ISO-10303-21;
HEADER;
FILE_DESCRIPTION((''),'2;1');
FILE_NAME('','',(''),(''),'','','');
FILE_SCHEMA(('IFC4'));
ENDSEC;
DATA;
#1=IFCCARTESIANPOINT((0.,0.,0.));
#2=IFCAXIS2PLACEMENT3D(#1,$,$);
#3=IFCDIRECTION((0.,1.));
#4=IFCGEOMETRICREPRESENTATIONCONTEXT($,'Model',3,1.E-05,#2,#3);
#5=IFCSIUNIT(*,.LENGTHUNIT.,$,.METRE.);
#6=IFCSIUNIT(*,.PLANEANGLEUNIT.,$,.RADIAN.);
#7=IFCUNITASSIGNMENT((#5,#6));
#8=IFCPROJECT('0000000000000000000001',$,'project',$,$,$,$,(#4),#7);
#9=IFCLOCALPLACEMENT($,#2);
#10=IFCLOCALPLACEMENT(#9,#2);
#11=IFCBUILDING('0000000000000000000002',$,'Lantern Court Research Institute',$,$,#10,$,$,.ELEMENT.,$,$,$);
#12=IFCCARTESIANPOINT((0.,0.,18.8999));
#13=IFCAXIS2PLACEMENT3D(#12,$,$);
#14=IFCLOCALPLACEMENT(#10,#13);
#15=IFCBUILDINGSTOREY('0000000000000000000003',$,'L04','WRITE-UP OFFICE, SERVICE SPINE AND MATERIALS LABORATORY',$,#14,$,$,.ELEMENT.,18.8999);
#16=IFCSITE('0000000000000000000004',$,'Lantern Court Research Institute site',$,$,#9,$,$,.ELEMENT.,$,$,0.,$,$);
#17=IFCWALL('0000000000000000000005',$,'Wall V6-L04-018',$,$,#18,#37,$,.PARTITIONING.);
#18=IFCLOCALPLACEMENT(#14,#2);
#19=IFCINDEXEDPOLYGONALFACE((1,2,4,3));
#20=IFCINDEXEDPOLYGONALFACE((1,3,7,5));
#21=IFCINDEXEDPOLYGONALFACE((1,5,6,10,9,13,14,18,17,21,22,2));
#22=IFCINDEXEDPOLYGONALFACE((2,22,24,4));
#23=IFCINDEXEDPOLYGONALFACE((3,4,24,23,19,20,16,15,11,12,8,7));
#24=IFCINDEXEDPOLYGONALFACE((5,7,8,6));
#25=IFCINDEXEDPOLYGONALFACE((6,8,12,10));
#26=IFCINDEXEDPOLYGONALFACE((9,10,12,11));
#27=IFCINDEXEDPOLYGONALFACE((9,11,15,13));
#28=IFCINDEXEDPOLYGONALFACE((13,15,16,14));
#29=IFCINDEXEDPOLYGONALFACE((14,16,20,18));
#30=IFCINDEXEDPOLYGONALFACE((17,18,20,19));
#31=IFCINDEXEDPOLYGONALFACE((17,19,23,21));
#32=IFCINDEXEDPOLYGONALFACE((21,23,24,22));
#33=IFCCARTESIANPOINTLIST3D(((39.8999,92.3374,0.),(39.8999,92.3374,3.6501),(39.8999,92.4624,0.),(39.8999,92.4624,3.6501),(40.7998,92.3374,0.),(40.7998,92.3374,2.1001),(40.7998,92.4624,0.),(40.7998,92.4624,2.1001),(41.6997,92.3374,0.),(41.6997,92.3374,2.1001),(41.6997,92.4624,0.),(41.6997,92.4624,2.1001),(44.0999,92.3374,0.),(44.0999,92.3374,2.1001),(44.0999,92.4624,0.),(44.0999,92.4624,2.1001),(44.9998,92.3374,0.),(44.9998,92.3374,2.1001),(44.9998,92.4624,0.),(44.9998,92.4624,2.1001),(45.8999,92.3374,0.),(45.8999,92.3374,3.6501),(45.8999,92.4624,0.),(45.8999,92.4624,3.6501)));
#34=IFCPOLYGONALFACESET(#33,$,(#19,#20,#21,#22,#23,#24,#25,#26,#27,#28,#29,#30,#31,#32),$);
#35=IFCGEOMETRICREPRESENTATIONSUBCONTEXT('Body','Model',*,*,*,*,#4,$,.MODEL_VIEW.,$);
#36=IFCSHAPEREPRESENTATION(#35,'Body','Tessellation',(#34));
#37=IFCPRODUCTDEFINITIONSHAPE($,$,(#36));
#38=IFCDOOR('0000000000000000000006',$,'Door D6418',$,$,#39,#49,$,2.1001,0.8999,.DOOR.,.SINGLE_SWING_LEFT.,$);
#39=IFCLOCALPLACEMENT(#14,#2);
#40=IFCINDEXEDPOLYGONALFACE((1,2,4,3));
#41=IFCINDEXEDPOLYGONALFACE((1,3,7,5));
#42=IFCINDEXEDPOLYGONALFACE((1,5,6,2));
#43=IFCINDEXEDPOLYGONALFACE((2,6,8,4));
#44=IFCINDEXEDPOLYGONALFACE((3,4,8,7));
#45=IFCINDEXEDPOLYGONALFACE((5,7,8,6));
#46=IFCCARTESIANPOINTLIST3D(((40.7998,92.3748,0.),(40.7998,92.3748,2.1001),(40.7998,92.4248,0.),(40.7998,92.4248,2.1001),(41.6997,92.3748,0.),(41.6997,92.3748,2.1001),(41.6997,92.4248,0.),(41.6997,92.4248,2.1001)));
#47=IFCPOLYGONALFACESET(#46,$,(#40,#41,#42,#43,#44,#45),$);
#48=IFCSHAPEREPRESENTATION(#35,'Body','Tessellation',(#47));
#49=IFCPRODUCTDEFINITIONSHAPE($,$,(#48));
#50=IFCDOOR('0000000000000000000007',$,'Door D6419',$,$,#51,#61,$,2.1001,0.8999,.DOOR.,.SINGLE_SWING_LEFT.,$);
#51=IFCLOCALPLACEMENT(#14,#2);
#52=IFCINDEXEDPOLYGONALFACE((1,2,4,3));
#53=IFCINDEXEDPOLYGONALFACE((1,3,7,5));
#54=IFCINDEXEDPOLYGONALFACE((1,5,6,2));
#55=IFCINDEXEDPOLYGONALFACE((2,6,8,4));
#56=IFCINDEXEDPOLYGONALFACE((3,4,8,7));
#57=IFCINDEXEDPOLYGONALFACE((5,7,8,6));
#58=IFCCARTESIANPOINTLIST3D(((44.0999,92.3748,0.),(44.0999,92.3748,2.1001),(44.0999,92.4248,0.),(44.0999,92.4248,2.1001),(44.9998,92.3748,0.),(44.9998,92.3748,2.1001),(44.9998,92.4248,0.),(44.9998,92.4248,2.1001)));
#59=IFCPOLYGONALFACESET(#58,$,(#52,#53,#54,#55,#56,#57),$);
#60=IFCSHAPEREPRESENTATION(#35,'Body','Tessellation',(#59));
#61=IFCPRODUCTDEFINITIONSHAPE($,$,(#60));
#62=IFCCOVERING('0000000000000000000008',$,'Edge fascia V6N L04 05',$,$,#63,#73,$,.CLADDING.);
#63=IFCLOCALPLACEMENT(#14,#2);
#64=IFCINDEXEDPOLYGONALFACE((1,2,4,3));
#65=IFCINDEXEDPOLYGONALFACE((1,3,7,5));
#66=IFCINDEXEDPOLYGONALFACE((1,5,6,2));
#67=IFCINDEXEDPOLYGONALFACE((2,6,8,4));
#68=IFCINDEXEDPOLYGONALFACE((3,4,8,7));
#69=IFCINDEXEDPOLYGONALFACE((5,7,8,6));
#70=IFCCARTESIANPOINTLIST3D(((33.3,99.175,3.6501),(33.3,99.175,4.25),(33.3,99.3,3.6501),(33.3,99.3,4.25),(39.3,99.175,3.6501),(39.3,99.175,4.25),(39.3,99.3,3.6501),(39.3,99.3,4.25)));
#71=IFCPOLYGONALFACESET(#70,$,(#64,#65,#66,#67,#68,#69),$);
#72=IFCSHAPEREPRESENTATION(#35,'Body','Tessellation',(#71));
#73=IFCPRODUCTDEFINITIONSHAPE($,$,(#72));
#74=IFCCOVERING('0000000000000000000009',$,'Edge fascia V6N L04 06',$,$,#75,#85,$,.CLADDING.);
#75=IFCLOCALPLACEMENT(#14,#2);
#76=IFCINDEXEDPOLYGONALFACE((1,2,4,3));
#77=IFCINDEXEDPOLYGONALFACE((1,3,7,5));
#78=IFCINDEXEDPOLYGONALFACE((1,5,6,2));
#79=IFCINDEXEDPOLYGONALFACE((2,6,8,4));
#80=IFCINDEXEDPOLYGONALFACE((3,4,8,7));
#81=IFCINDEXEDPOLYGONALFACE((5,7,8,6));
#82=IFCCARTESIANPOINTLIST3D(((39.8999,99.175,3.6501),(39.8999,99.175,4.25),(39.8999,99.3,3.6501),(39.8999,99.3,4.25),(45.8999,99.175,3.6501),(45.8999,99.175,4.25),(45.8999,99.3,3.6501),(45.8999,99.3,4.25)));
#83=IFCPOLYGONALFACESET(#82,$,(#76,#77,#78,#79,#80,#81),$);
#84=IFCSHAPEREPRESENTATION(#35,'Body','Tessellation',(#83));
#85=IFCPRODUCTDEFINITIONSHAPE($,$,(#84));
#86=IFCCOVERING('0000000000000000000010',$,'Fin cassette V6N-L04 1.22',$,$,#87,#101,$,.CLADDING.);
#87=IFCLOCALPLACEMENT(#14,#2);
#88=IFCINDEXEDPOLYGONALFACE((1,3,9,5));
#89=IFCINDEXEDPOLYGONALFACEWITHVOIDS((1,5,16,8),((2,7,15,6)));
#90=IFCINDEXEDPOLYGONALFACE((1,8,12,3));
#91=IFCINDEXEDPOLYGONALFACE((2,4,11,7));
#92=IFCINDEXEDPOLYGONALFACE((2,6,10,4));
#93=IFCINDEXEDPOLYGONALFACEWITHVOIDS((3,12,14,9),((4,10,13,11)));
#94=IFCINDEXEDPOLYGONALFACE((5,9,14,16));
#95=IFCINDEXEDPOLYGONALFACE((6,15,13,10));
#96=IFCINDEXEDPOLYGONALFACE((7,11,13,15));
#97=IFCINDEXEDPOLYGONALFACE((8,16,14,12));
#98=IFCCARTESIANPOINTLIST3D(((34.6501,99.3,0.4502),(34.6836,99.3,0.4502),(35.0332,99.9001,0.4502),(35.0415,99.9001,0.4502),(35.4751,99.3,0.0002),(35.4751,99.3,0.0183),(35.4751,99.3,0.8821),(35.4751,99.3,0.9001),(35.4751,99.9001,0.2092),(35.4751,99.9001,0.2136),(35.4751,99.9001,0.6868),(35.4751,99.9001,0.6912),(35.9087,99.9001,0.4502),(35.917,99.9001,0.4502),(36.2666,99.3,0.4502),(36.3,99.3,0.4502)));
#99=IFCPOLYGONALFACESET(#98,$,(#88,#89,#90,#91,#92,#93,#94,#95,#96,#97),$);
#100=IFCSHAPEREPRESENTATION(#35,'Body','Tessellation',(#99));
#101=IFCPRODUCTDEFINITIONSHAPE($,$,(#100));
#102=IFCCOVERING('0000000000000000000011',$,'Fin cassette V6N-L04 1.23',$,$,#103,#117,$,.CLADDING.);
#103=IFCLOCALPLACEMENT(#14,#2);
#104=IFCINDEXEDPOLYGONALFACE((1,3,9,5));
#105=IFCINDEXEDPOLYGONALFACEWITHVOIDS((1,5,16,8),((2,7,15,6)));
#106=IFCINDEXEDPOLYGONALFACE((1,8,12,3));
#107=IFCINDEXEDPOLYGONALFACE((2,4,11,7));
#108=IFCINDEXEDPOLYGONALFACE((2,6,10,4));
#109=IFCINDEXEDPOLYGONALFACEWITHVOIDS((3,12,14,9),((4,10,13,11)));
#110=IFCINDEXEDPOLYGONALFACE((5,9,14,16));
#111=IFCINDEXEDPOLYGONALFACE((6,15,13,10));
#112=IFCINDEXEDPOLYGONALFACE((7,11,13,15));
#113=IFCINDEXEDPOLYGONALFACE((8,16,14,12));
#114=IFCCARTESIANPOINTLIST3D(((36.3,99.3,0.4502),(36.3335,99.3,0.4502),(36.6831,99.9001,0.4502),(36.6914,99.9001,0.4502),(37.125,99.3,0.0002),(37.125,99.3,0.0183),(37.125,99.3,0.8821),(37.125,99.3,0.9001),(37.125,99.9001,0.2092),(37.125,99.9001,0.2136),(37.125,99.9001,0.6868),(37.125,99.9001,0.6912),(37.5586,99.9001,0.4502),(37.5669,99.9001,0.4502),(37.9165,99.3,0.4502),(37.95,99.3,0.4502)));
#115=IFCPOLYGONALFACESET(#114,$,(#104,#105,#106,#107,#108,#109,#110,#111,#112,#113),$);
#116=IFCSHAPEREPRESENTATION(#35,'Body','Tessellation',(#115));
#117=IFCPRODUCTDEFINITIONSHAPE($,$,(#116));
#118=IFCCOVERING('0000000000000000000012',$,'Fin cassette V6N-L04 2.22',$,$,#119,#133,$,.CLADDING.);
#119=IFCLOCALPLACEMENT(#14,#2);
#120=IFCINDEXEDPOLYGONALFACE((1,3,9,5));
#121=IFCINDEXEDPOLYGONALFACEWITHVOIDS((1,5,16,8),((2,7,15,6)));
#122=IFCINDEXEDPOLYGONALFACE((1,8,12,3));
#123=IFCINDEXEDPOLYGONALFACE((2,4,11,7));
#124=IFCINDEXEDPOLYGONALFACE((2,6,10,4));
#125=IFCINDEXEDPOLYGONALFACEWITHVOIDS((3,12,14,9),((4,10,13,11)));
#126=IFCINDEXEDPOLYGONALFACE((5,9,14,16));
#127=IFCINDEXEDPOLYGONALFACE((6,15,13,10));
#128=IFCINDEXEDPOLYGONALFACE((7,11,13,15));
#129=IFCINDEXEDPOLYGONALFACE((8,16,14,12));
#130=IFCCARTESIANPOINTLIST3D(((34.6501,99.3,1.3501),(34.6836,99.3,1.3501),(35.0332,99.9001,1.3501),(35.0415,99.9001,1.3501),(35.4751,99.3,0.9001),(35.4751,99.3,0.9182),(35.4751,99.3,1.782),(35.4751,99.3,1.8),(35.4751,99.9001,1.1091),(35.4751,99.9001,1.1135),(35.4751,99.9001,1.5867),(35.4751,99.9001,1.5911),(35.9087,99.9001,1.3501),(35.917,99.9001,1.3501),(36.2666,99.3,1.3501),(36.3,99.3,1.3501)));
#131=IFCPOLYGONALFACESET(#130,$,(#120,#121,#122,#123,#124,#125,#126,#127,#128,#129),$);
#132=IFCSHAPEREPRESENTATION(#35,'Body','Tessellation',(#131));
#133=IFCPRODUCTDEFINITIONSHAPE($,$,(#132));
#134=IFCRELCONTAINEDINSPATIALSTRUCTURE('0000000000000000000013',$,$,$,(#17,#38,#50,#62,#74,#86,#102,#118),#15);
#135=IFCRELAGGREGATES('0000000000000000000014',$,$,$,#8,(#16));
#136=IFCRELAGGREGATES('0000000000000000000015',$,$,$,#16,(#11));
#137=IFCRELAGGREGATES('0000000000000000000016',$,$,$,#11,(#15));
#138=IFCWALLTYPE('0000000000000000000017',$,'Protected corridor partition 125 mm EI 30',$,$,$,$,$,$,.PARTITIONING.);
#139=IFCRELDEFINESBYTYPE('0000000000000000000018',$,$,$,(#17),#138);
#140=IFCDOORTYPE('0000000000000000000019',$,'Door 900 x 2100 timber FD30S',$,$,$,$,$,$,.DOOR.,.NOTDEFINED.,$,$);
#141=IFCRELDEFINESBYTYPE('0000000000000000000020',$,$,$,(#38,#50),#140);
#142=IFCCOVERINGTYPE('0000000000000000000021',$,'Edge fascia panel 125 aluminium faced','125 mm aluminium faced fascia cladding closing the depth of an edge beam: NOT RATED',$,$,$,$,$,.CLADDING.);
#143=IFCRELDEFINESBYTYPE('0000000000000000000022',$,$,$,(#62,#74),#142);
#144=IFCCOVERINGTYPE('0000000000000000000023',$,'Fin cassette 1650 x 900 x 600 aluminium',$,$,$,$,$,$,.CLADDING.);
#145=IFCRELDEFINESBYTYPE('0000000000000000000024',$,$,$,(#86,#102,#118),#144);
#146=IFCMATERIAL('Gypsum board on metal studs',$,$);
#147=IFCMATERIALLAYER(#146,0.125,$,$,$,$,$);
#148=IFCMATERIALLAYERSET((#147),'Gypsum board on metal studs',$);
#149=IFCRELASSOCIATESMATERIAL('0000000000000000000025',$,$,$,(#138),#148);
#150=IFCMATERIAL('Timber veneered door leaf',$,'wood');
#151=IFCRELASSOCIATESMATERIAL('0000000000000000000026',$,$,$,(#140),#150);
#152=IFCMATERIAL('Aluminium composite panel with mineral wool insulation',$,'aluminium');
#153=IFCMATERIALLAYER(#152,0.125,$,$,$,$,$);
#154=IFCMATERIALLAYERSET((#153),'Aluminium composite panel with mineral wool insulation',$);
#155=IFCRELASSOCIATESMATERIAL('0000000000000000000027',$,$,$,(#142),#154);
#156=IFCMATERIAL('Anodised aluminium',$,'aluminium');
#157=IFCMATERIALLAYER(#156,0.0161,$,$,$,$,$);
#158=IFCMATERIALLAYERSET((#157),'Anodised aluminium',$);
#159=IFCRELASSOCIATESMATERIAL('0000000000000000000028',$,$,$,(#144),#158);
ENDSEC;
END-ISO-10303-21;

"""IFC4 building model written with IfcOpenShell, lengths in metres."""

from ifc_helpers import new_model, entity, si_unit, direction, frame, frame_2d, origin, place, context, subcontext, project, spatial, rectangle, extrude, material, layer, layer_set, type_object, element, fill, save


model = new_model("IFC4")

# Units and contexts
model_context = context("Model", 3, precision=1e-05, world=origin(), true_north=direction((0.0, 1.0)))
body_context = subcontext(model_context, "Body", "Model", "MODEL_VIEW")
ifc_project = project(units=[si_unit("LENGTHUNIT", "METRE"), si_unit("PLANEANGLEUNIT", "RADIAN")], contexts=[model_context])

# Site, building, storey
site_placement = place(None, origin())
site = spatial("IfcSite", under=ifc_project, at=site_placement, Name="Lantern Court Research Institute site", CompositionType="ELEMENT", RefElevation=0.0)
building_placement = place(site_placement, origin())
building = spatial("IfcBuilding", under=site, at=building_placement, Name="Lantern Court Research Institute", CompositionType="ELEMENT")
storey_placement = place(building_placement, frame((0.0, 0.0, 18.8999)))
storey = spatial("IfcBuildingStorey", under=building, at=storey_placement, Name="L04", Description="WRITE-UP OFFICE, SERVICE SPINE AND MATERIALS LABORATORY", CompositionType="ELEMENT", Elevation=18.8999)

# Wall, openings, doors
ifc_material_1 = material(Name="Gypsum board on metal studs")
ifc_layer_1 = layer(ifc_material_1, 0.125)
ifc_layer_set_1 = layer_set([ifc_layer_1], Name="Gypsum board on metal studs")
wall_type_1 = type_object("IfcWallType", Name="Protected corridor partition 125 mm EI 30", PredefinedType="PARTITIONING", material=ifc_layer_set_1)
wall_1_placement = place(storey_placement, frame((39.8999, 92.3999, 0.0), z_axis=(0.0, 0.0, 1.0), x_axis=(1.0, 0.0, 0.0)))
wall_1 = element("IfcWall", 1, at=wall_1_placement, inside=storey, type_object=wall_type_1, Name="Wall V6-L04-018", PredefinedType="PARTITIONING", context=body_context, shape_type="SweptSolid", body=[
    extrude(rectangle(XDim=6.0, YDim=0.125, at=frame_2d((3.0, 0.0))), origin(), (0.0, 0.0, 1.0), 3.6501),
])
opening_1_placement = place(wall_1_placement, frame((0.8999, 0.0, 0.0)))
opening_1 = element("IfcOpeningElement", 2, at=opening_1_placement, cuts=wall_1, PredefinedType="OPENING", context=body_context, shape_type="SweptSolid", body=[
    extrude(rectangle(XDim=0.8999, YDim=2.1001, at=frame_2d((0.45, 1.05))), frame((0.0, 0.0725, 0.0), z_axis=(0.0, -1.0, 0.0), x_axis=(1.0, 0.0, 0.0)), (0.0, 0.0, 1.0), 0.145),
])
opening_2_placement = place(wall_1_placement, frame((4.2, 0.0, 0.0)))
opening_2 = element("IfcOpeningElement", 3, at=opening_2_placement, cuts=wall_1, PredefinedType="OPENING", context=body_context, shape_type="SweptSolid", body=[
    extrude(rectangle(XDim=0.8999, YDim=2.1001, at=frame_2d((0.45, 1.05))), frame((0.0, 0.0725, 0.0), z_axis=(0.0, -1.0, 0.0), x_axis=(1.0, 0.0, 0.0)), (0.0, 0.0, 1.0), 0.145),
])
ifc_material_2 = material(Name="Timber veneered door leaf", Category="wood")
door_type = type_object("IfcDoorType", Name="Door 900 x 2100 timber FD30S", OperationType="NOTDEFINED", PredefinedType="DOOR", material=ifc_material_2)
door_1_placement = place(opening_1_placement, origin())
door_1 = element("IfcDoor", 4, at=door_1_placement, inside=storey, type_object=door_type, Name="Door D6418", OperationType="SINGLE_SWING_LEFT", OverallHeight=2.1001, OverallWidth=0.8999, PredefinedType="DOOR", context=body_context, shape_type="SweptSolid", body=[
    extrude(rectangle(XDim=0.8999, YDim=2.1001, at=frame_2d((0.45, 1.05))), frame((0.0, 0.0249, 0.0), z_axis=(0.0, -1.0, 0.0), x_axis=(1.0, 0.0, 0.0)), (0.0, 0.0, 1.0), 0.05),
])
fill(opening_1, door_1)
door_2_placement = place(opening_2_placement, origin())
door_2 = element("IfcDoor", 5, at=door_2_placement, inside=storey, type_object=door_type, Name="Door D6419", OperationType="SINGLE_SWING_LEFT", OverallHeight=2.1001, OverallWidth=0.8999, PredefinedType="DOOR", context=body_context, shape_type="SweptSolid", body=[
    extrude(rectangle(XDim=0.8999, YDim=2.1001, at=frame_2d((0.45, 1.05))), frame((0.0, 0.0249, 0.0), z_axis=(0.0, -1.0, 0.0), x_axis=(1.0, 0.0, 0.0)), (0.0, 0.0, 1.0), 0.05),
])
fill(opening_2, door_2)

# Coverings
ifc_material_3 = material(Name="Aluminium composite panel with mineral wool insulation", Category="aluminium")
ifc_layer_2 = layer(ifc_material_3, 0.125)
ifc_layer_set_2 = layer_set([ifc_layer_2], Name="Aluminium composite panel with mineral wool insulation")
covering_type_1 = type_object("IfcCoveringType", Name="Edge fascia panel 125 aluminium faced", Description="125 mm aluminium faced fascia cladding closing the depth of an edge beam: NOT RATED", PredefinedType="CLADDING", material=ifc_layer_set_2)
for number, where, z_axis, x_axis, name in (
    (6, (33.3, 99.2375, 3.6501), (0.0, 0.0, 1.0), (1.0, 0.0, 0.0), "Edge fascia V6N L04 05"),
    (7, (39.8999, 99.2375, 3.6501), (0.0, 0.0, 1.0), (1.0, 0.0, 0.0), "Edge fascia V6N L04 06"),
):
    element("IfcCovering", number, at=place(storey_placement, frame(where, z_axis=z_axis, x_axis=x_axis)), inside=storey, type_object=covering_type_1, Name=name, PredefinedType="CLADDING", context=body_context, shape_type="SweptSolid", body=[
        extrude(rectangle(XDim=6.0, YDim=0.125, at=frame_2d((3.0, 0.0))), origin(), (0.0, 0.0, 1.0), 0.5999),
    ])
ifc_material_4 = material(Name="Anodised aluminium", Category="aluminium")
ifc_layer_3 = layer(ifc_material_4, 0.0161)
ifc_layer_set_3 = layer_set([ifc_layer_3], Name="Anodised aluminium")
covering_type_2 = type_object("IfcCoveringType", Name="Fin cassette 1650 x 900 x 600 aluminium", PredefinedType="CLADDING", material=ifc_layer_set_3)
covering_1_placement = place(storey_placement, frame((35.4751, 99.3, 0.4502), z_axis=(0.0, 1.0, 0.0), x_axis=(-1.0, 0.0, 0.0)))
cartesian_point_1 = entity("IfcCartesianPoint", [0.825, 0.0])
cartesian_point_2 = entity("IfcCartesianPoint", [0.7915, 0.0])
cartesian_point_3 = entity("IfcCartesianPoint", [0.4419, 0.0])
cartesian_point_4 = entity("IfcCartesianPoint", [0.4336, 0.0])
element("IfcCovering", 8, at=covering_1_placement, inside=storey, type_object=covering_type_2, Name="Fin cassette V6N-L04 1.22", PredefinedType="CLADDING", context=body_context, shape_type="SweptSolid", body=[
    entity("IfcExtrudedAreaSolidTapered", entity("IfcArbitraryProfileDefWithVoids", "AREA", None, entity("IfcPolyline", [cartesian_point_1, entity("IfcCartesianPoint", [0.0, 0.45]), entity("IfcCartesianPoint", [-0.825, 0.0]), entity("IfcCartesianPoint", [0.0, -0.45]), cartesian_point_1]), [entity("IfcPolyline", [cartesian_point_2, entity("IfcCartesianPoint", [0.0, 0.4319]), entity("IfcCartesianPoint", [-0.7915, 0.0]), entity("IfcCartesianPoint", [0.0, -0.4319]), cartesian_point_2])]), entity("IfcAxis2Placement3D", entity("IfcCartesianPoint", [0.0, 0.0, 0.0])), entity("IfcDirection", [0.0, 0.0, 1.0]), 0.6001, entity("IfcArbitraryProfileDefWithVoids", "AREA", None, entity("IfcPolyline", [cartesian_point_3, entity("IfcCartesianPoint", [0.0, 0.241]), entity("IfcCartesianPoint", [-0.4419, 0.0]), entity("IfcCartesianPoint", [0.0, -0.241]), cartesian_point_3]), [entity("IfcPolyline", [cartesian_point_4, entity("IfcCartesianPoint", [0.0, 0.2366]), entity("IfcCartesianPoint", [-0.4336, 0.0]), entity("IfcCartesianPoint", [0.0, -0.2366]), cartesian_point_4])])),
])
covering_2_placement = place(storey_placement, frame((37.125, 99.3, 0.4502), z_axis=(0.0, 1.0, 0.0), x_axis=(-1.0, 0.0, 0.0)))
cartesian_point_5 = entity("IfcCartesianPoint", [0.825, 0.0])
cartesian_point_6 = entity("IfcCartesianPoint", [0.7915, 0.0])
cartesian_point_7 = entity("IfcCartesianPoint", [0.4419, 0.0])
cartesian_point_8 = entity("IfcCartesianPoint", [0.4336, 0.0])
element("IfcCovering", 9, at=covering_2_placement, inside=storey, type_object=covering_type_2, Name="Fin cassette V6N-L04 1.23", PredefinedType="CLADDING", context=body_context, shape_type="SweptSolid", body=[
    entity("IfcExtrudedAreaSolidTapered", entity("IfcArbitraryProfileDefWithVoids", "AREA", None, entity("IfcPolyline", [cartesian_point_5, entity("IfcCartesianPoint", [0.0, 0.45]), entity("IfcCartesianPoint", [-0.825, 0.0]), entity("IfcCartesianPoint", [0.0, -0.45]), cartesian_point_5]), [entity("IfcPolyline", [cartesian_point_6, entity("IfcCartesianPoint", [0.0, 0.4319]), entity("IfcCartesianPoint", [-0.7915, 0.0]), entity("IfcCartesianPoint", [0.0, -0.4319]), cartesian_point_6])]), entity("IfcAxis2Placement3D", entity("IfcCartesianPoint", [0.0, 0.0, 0.0])), entity("IfcDirection", [0.0, 0.0, 1.0]), 0.6001, entity("IfcArbitraryProfileDefWithVoids", "AREA", None, entity("IfcPolyline", [cartesian_point_7, entity("IfcCartesianPoint", [0.0, 0.241]), entity("IfcCartesianPoint", [-0.4419, 0.0]), entity("IfcCartesianPoint", [0.0, -0.241]), cartesian_point_7]), [entity("IfcPolyline", [cartesian_point_8, entity("IfcCartesianPoint", [0.0, 0.2366]), entity("IfcCartesianPoint", [-0.4336, 0.0]), entity("IfcCartesianPoint", [0.0, -0.2366]), cartesian_point_8])])),
])
covering_3_placement = place(storey_placement, frame((35.4751, 99.3, 1.3501), z_axis=(0.0, 1.0, 0.0), x_axis=(-1.0, 0.0, 0.0)))
cartesian_point_9 = entity("IfcCartesianPoint", [0.825, 0.0])
cartesian_point_10 = entity("IfcCartesianPoint", [0.7915, 0.0])
cartesian_point_11 = entity("IfcCartesianPoint", [0.4419, 0.0])
cartesian_point_12 = entity("IfcCartesianPoint", [0.4336, 0.0])
element("IfcCovering", 10, at=covering_3_placement, inside=storey, type_object=covering_type_2, Name="Fin cassette V6N-L04 2.22", PredefinedType="CLADDING", context=body_context, shape_type="SweptSolid", body=[
    entity("IfcExtrudedAreaSolidTapered", entity("IfcArbitraryProfileDefWithVoids", "AREA", None, entity("IfcPolyline", [cartesian_point_9, entity("IfcCartesianPoint", [0.0, 0.45]), entity("IfcCartesianPoint", [-0.825, 0.0]), entity("IfcCartesianPoint", [0.0, -0.45]), cartesian_point_9]), [entity("IfcPolyline", [cartesian_point_10, entity("IfcCartesianPoint", [0.0, 0.4319]), entity("IfcCartesianPoint", [-0.7915, 0.0]), entity("IfcCartesianPoint", [0.0, -0.4319]), cartesian_point_10])]), entity("IfcAxis2Placement3D", entity("IfcCartesianPoint", [0.0, 0.0, 0.0])), entity("IfcDirection", [0.0, 0.0, 1.0]), 0.6001, entity("IfcArbitraryProfileDefWithVoids", "AREA", None, entity("IfcPolyline", [cartesian_point_11, entity("IfcCartesianPoint", [0.0, 0.241]), entity("IfcCartesianPoint", [-0.4419, 0.0]), entity("IfcCartesianPoint", [0.0, -0.241]), cartesian_point_11]), [entity("IfcPolyline", [cartesian_point_12, entity("IfcCartesianPoint", [0.0, 0.2366]), entity("IfcCartesianPoint", [-0.4336, 0.0]), entity("IfcCartesianPoint", [0.0, -0.2366]), cartesian_point_12])])),
])

save(model, "model.ifc")
